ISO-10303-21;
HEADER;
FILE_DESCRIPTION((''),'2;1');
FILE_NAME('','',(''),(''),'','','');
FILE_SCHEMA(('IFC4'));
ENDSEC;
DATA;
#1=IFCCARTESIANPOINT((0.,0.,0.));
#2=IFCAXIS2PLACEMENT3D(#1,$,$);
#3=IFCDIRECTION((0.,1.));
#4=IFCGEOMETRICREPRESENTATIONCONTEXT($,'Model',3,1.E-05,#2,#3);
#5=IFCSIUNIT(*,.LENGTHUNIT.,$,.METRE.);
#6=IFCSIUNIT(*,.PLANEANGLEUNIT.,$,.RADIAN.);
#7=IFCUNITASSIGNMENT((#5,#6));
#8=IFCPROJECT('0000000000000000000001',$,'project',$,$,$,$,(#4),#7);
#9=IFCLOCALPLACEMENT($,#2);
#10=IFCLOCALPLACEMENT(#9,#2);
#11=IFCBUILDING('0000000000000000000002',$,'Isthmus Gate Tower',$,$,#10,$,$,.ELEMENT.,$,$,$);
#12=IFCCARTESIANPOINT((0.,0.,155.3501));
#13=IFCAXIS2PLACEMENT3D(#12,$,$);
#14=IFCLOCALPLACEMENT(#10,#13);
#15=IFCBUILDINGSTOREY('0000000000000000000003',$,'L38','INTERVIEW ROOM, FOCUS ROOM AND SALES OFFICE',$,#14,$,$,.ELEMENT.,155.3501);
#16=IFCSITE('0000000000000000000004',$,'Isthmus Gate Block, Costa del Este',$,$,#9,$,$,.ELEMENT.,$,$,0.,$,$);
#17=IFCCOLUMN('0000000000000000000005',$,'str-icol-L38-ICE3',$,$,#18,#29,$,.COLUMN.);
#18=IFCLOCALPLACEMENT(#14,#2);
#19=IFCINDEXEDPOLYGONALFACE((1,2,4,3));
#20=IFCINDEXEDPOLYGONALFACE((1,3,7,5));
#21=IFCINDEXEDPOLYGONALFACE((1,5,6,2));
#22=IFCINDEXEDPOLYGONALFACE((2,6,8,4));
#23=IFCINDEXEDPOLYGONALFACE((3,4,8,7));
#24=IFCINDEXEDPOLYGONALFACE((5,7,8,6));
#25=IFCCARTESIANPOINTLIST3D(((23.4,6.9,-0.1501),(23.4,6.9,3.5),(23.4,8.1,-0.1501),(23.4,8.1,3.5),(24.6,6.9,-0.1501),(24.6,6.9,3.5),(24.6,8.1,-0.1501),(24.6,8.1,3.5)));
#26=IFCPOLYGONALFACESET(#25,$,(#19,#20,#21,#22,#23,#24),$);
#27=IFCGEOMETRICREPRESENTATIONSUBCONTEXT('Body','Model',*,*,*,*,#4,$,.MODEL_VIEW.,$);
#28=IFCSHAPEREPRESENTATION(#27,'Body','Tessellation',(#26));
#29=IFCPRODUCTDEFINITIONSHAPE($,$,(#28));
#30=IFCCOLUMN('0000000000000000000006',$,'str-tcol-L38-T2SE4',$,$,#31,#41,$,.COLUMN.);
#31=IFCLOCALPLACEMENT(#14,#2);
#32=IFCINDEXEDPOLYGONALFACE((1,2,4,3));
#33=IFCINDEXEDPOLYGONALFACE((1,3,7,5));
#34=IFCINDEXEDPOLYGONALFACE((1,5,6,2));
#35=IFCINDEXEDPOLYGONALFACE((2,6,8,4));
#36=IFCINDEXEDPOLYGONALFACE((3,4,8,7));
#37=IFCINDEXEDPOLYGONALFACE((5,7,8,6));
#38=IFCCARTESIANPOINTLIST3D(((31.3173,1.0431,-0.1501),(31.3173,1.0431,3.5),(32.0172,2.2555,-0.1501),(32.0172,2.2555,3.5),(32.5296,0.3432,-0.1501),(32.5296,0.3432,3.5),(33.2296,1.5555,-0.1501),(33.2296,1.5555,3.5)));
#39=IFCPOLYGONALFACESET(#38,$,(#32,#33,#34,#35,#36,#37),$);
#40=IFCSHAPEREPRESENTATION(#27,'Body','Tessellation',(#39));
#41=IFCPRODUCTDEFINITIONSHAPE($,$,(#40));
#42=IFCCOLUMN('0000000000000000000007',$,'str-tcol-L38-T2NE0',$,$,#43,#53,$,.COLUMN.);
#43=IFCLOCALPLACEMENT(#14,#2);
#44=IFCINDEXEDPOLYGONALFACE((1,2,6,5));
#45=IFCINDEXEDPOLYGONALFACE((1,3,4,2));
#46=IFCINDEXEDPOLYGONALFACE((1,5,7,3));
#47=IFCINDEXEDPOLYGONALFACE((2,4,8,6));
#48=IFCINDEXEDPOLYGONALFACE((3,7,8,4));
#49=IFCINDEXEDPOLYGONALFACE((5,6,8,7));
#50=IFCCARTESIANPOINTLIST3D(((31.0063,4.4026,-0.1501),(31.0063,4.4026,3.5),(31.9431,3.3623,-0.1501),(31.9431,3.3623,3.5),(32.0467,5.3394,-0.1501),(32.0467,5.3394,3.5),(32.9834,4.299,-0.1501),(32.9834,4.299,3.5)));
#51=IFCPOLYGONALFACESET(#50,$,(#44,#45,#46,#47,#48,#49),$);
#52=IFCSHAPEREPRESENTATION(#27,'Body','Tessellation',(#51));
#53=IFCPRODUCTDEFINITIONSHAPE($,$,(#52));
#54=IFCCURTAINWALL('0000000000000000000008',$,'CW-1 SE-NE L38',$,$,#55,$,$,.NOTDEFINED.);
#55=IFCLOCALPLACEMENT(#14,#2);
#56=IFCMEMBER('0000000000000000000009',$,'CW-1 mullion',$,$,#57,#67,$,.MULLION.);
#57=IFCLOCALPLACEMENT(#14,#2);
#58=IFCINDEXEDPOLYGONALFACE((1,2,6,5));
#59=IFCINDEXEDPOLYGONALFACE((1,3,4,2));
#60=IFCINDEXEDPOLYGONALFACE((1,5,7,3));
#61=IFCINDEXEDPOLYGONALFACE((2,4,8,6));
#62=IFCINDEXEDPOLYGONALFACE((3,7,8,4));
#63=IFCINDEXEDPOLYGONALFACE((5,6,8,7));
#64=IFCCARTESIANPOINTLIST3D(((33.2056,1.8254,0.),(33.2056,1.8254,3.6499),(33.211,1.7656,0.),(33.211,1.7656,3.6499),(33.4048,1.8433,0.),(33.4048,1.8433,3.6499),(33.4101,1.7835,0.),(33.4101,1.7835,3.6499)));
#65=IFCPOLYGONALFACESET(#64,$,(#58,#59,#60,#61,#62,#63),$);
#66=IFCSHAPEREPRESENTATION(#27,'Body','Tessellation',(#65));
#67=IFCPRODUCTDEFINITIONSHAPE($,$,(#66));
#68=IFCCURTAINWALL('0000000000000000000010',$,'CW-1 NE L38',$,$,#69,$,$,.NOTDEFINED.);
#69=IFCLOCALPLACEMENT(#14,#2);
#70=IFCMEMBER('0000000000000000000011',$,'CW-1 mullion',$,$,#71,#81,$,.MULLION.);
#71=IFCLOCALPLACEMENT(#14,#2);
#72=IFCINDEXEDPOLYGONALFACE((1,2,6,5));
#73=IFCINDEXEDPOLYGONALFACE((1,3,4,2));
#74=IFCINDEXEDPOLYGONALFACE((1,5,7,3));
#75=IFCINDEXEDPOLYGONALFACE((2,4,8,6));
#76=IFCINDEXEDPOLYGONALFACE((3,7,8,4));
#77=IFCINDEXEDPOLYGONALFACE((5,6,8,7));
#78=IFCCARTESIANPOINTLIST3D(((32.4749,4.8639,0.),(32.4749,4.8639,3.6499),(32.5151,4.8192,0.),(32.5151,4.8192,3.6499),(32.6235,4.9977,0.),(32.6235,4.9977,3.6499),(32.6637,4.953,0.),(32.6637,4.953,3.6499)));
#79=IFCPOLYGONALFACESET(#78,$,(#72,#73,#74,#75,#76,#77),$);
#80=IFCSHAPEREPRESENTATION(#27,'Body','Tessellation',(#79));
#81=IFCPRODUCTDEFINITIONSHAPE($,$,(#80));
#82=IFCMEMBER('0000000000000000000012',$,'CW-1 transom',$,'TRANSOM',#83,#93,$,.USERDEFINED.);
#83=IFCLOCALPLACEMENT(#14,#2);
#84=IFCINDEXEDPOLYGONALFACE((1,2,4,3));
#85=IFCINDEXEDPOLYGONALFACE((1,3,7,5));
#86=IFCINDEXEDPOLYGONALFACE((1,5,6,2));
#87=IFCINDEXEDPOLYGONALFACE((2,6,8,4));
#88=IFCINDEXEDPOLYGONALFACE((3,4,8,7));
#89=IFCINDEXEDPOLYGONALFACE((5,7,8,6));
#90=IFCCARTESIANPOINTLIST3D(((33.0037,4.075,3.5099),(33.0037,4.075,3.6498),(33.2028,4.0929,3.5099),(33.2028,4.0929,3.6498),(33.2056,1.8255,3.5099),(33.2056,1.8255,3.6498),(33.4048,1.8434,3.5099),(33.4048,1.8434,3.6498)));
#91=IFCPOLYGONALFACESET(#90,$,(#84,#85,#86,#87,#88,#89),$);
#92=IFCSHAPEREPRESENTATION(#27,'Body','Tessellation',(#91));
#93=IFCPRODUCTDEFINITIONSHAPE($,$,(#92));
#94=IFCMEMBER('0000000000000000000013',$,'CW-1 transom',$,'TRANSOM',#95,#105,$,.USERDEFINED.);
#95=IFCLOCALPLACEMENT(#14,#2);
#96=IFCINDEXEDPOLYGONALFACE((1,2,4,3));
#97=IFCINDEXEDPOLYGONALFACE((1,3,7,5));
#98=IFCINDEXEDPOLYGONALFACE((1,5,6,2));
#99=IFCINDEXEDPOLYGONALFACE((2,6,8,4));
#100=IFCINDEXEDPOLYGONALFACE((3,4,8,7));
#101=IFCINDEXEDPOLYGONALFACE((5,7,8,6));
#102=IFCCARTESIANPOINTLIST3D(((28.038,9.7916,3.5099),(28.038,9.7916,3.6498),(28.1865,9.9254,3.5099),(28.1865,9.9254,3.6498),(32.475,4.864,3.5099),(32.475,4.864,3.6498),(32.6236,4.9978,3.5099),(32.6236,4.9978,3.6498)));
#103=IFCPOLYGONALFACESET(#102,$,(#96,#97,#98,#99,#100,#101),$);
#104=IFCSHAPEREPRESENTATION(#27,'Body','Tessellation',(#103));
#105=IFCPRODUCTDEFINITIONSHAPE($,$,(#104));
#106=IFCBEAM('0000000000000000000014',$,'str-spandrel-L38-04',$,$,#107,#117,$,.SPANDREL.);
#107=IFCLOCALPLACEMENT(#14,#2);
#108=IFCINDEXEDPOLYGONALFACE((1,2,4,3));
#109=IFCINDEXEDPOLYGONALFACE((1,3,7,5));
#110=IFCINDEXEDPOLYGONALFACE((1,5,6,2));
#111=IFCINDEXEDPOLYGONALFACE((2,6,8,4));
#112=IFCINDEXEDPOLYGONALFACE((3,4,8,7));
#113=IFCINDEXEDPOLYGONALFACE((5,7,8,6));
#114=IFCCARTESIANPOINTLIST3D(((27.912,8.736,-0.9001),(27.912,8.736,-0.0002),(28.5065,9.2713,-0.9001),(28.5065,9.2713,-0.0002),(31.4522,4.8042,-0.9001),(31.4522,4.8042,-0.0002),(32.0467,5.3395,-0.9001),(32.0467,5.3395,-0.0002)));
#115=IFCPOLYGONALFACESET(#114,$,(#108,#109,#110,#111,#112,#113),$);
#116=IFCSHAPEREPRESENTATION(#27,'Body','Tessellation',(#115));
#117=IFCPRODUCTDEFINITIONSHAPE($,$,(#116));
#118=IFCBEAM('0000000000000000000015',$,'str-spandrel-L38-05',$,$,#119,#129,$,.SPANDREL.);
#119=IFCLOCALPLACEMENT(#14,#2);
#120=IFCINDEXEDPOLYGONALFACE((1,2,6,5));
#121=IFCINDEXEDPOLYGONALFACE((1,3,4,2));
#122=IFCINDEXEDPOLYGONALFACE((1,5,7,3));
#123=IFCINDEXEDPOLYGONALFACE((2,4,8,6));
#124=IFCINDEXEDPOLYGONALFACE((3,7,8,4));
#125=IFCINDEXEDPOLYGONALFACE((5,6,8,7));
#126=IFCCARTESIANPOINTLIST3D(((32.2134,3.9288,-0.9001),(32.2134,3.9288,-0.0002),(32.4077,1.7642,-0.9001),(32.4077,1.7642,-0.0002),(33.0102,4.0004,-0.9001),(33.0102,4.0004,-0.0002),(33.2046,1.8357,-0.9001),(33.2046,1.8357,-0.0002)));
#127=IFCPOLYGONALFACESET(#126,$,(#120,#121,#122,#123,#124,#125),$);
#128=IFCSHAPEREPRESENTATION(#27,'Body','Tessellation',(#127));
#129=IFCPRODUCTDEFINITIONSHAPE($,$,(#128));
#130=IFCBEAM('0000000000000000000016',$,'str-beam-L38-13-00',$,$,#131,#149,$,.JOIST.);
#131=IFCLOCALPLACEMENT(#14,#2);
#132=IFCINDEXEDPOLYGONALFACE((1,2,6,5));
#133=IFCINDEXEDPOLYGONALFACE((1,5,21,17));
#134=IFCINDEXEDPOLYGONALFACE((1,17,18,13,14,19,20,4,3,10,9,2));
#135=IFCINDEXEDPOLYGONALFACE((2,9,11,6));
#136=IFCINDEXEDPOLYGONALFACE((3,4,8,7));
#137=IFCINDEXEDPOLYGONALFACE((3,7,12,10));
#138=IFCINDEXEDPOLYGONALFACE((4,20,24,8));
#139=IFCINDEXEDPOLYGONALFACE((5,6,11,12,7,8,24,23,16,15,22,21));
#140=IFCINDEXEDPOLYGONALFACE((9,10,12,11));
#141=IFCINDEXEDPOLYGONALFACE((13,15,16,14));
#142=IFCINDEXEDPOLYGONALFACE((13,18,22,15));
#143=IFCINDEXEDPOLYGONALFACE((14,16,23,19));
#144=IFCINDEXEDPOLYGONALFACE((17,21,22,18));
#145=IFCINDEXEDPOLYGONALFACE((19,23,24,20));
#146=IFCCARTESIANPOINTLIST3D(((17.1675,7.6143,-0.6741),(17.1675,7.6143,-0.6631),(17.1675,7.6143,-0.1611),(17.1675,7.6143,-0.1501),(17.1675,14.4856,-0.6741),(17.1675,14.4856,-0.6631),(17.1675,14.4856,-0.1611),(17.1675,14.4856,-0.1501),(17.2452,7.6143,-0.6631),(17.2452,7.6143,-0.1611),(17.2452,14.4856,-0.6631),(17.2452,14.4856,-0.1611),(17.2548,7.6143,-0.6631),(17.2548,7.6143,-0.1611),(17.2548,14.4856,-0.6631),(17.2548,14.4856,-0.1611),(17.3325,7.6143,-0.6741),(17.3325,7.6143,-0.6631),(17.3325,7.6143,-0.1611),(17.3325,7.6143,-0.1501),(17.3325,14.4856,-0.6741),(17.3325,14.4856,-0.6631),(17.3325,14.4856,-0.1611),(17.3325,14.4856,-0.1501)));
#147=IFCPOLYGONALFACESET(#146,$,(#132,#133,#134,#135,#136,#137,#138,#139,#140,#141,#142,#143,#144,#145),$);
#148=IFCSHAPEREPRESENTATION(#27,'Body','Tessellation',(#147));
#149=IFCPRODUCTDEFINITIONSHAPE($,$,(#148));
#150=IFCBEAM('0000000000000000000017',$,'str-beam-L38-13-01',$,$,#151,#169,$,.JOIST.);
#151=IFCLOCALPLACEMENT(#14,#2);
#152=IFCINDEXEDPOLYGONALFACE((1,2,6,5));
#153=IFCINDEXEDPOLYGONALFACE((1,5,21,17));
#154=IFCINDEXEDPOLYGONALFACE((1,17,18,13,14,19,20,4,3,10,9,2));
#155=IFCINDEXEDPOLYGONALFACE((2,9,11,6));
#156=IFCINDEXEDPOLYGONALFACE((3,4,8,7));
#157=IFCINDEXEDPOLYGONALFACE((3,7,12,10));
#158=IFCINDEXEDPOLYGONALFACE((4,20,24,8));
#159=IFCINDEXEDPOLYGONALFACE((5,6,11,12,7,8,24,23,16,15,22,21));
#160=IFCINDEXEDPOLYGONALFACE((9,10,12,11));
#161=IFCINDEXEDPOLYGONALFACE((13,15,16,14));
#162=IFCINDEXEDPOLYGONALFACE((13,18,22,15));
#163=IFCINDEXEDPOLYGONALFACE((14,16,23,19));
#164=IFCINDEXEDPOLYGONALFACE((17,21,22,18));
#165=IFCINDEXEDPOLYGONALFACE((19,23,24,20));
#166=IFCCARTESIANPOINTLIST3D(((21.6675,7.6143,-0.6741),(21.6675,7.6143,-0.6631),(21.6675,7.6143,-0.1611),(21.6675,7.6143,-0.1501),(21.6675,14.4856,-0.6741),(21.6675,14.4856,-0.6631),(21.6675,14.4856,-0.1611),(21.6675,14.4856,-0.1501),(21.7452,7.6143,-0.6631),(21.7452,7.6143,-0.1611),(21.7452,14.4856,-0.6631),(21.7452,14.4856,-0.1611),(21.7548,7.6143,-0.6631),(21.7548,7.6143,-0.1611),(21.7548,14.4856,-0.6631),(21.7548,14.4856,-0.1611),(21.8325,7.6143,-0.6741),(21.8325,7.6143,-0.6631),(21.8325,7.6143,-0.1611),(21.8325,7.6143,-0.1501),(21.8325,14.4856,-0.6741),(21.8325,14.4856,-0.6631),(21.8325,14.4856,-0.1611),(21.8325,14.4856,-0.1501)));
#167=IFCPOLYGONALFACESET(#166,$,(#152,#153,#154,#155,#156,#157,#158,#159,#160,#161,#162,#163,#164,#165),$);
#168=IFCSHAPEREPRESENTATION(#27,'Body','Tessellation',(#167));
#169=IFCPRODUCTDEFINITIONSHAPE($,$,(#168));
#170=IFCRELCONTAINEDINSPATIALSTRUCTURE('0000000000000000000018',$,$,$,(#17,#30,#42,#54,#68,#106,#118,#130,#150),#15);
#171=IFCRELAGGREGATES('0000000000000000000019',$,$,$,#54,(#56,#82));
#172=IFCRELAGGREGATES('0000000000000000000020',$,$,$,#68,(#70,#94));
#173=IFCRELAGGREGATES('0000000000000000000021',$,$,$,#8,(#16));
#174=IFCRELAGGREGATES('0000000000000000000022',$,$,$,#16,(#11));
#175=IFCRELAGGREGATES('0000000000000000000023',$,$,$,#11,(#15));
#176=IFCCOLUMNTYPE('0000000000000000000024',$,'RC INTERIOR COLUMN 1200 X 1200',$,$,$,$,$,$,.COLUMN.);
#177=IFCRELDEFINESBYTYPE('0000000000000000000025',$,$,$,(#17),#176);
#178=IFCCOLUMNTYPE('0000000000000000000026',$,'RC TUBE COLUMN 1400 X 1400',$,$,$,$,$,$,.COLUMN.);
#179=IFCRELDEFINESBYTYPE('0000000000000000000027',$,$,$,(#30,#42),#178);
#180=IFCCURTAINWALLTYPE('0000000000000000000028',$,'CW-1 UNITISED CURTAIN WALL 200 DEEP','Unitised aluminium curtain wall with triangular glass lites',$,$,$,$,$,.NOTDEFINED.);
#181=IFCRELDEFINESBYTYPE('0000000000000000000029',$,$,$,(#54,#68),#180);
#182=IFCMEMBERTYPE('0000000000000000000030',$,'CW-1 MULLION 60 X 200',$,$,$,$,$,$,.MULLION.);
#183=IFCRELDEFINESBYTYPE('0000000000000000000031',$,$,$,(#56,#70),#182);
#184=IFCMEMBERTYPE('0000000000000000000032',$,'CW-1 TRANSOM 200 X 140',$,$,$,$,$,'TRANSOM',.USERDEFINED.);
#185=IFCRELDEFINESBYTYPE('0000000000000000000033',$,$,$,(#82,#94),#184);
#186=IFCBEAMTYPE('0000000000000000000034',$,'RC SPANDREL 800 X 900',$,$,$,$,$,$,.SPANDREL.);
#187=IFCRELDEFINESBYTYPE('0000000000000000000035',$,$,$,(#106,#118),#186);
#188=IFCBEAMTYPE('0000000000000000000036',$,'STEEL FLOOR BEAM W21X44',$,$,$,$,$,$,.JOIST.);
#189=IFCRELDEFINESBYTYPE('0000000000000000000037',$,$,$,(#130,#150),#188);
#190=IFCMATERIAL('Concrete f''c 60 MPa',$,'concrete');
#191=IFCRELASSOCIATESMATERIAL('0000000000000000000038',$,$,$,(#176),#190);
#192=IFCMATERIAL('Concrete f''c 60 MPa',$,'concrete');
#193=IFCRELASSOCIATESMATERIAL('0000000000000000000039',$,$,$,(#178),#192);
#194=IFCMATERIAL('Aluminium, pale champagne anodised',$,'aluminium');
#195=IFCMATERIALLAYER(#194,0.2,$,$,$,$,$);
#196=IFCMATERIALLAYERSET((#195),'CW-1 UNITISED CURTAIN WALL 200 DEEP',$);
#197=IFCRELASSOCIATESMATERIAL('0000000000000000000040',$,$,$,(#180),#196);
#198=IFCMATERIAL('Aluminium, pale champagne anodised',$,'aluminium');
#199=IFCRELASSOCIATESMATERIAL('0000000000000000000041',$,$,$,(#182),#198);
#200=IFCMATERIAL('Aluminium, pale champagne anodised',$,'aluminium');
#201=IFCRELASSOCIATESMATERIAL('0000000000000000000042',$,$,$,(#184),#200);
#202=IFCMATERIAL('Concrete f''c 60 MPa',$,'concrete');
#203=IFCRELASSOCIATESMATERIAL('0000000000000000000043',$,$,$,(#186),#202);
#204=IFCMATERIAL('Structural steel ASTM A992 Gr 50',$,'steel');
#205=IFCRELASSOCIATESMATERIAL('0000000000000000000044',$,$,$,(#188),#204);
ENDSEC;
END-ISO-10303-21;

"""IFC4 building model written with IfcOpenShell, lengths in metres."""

from ifc_helpers import new_model, si_unit, direction, frame, origin, origin_2d, place, context, subcontext, project, spatial, rectangle, i_section, extrude, material, layer, layer_set, material_profile, profile_set, type_object, element, aggregate, save


model = new_model("IFC4")

# Units and contexts
model_context = context("Model", 3, precision=1e-05, world=origin(), true_north=direction((0.0, 1.0)))
body_context = subcontext(model_context, "Body", "Model", "MODEL_VIEW")
ifc_project = project(units=[si_unit("LENGTHUNIT", "METRE"), si_unit("PLANEANGLEUNIT", "RADIAN")], contexts=[model_context])

# Site, building, storey
site_placement = place(None, origin())
site = spatial("IfcSite", under=ifc_project, at=site_placement, Name="Isthmus Gate Block, Costa del Este", CompositionType="ELEMENT", RefElevation=0.0)
building_placement = place(site_placement, origin())
building = spatial("IfcBuilding", under=site, at=building_placement, Name="Isthmus Gate Tower", CompositionType="ELEMENT")
storey_placement = place(building_placement, frame((0.0, 0.0, 155.3501)))
storey = spatial("IfcBuildingStorey", under=building, at=storey_placement, Name="L38", Description="INTERVIEW ROOM, FOCUS ROOM AND SALES OFFICE", CompositionType="ELEMENT", Elevation=155.3501)

# Columns
ifc_material_1 = material(Name="Concrete f'c 60 MPa", Category="concrete")
ifc_material_profile_1 = material_profile(ifc_material_1, rectangle(XDim=1.2, YDim=1.2, at=origin_2d()), Name="RC 1200X1200")
ifc_profile_set_1 = profile_set([ifc_material_profile_1], Name="Concrete f'c 60 MPa")
column_type_1 = type_object("IfcColumnType", Name="RC INTERIOR COLUMN 1200 X 1200", PredefinedType="COLUMN", material=ifc_profile_set_1)
column_placement = place(storey_placement, frame((24.0, 7.5, -0.1501), z_axis=(0.0, 0.0, 1.0), x_axis=(1.0, 0.0, 0.0)))
element("IfcColumn", 1, at=column_placement, inside=storey, type_object=column_type_1, Name="str-icol-L38-ICE3", PredefinedType="COLUMN", context=body_context, shape_type="SweptSolid", body=[
    extrude(rectangle(XDim=1.2, YDim=1.2, at=origin_2d()), origin(), (0.0, 0.0, 1.0), 3.6501),
])
ifc_material_2 = material(Name="Concrete f'c 60 MPa", Category="concrete")
ifc_material_profile_2 = material_profile(ifc_material_2, rectangle(XDim=1.3999, YDim=1.3999, at=origin_2d()), Name="RC 1400X1400")
ifc_profile_set_2 = profile_set([ifc_material_profile_2], Name="Concrete f'c 60 MPa")
column_type_2 = type_object("IfcColumnType", Name="RC TUBE COLUMN 1400 X 1400", PredefinedType="COLUMN", material=ifc_profile_set_2)
for number, where, z_axis, x_axis, name in (
    (2, (32.2734, 1.2993, -0.1501), (0.0, 0.0, 1.0), (0.5, 0.866025, 0.0), "str-tcol-L38-T2SE4"),
    (3, (31.9949, 4.3508, -0.1501), (0.0, 0.0, 1.0), (-0.669131, 0.743145, 0.0), "str-tcol-L38-T2NE0"),
):
    element("IfcColumn", number, at=place(storey_placement, frame(where, z_axis=z_axis, x_axis=x_axis)), inside=storey, type_object=column_type_2, Name=name, PredefinedType="COLUMN", context=body_context, shape_type="SweptSolid", body=[
        extrude(rectangle(XDim=1.3999, YDim=1.3999, at=origin_2d()), origin(), (0.0, 0.0, 1.0), 3.6501),
    ])

# Curtain walls, members
ifc_material_3 = material(Name="Aluminium, pale champagne anodised", Category="aluminium")
ifc_layer_1 = layer(ifc_material_3, 0.2)
ifc_layer_set_1 = layer_set([ifc_layer_1], Name="CW-1 UNITISED CURTAIN WALL 200 DEEP")
curtain_wall_type = type_object("IfcCurtainWallType", Name="CW-1 UNITISED CURTAIN WALL 200 DEEP", Description="Unitised aluminium curtain wall with triangular glass lites", PredefinedType="NOTDEFINED", material=ifc_layer_set_1)
curtain_wall_1_placement = place(storey_placement, origin())
curtain_wall_1 = element("IfcCurtainWall", 4, at=curtain_wall_1_placement, inside=storey, type_object=curtain_wall_type, Name="CW-1 SE-NE L38", PredefinedType="NOTDEFINED")
ifc_material_4 = material(Name="Aluminium, pale champagne anodised", Category="aluminium")
ifc_material_profile_3 = material_profile(ifc_material_4, rectangle(XDim=0.0601, YDim=0.2, at=origin_2d()), Name="60x200")
ifc_profile_set_3 = profile_set([ifc_material_profile_3], Name="Aluminium, pale champagne anodised")
member_type_1 = type_object("IfcMemberType", Name="CW-1 MULLION 60 X 200", PredefinedType="MULLION", material=ifc_profile_set_3)
member_1_placement = place(storey_placement, frame((33.3079, 1.8044, 0.0), z_axis=(0.0, 0.0, 1.0), x_axis=(-0.089397, 0.995996, 0.0)))
member_1 = element("IfcMember", 5, at=member_1_placement, type_object=member_type_1, Name="CW-1 mullion", PredefinedType="MULLION", context=body_context, shape_type="SweptSolid", body=[
    extrude(rectangle(XDim=0.0601, YDim=0.2, at=origin_2d()), origin(), (0.0, 0.0, 1.0), 3.6499),
])
curtain_wall_2_placement = place(storey_placement, origin())
curtain_wall_2 = element("IfcCurtainWall", 6, at=curtain_wall_2_placement, inside=storey, type_object=curtain_wall_type, Name="CW-1 NE L38", PredefinedType="NOTDEFINED")
member_2_placement = place(storey_placement, frame((32.5693, 4.9084, 0.0), z_axis=(0.0, 0.0, 1.0), x_axis=(-0.669131, 0.743145, 0.0)))
member_2 = element("IfcMember", 7, at=member_2_placement, type_object=member_type_1, Name="CW-1 mullion", PredefinedType="MULLION", context=body_context, shape_type="SweptSolid", body=[
    extrude(rectangle(XDim=0.0601, YDim=0.2, at=origin_2d()), origin(), (0.0, 0.0, 1.0), 3.6499),
])

# Members
ifc_material_5 = material(Name="Aluminium, pale champagne anodised", Category="aluminium")
ifc_material_profile_4 = material_profile(ifc_material_5, rectangle(XDim=0.2, YDim=0.1399, at=origin_2d()), Name="200x140")
ifc_profile_set_4 = profile_set([ifc_material_profile_4], Name="Aluminium, pale champagne anodised")
member_type_2 = type_object("IfcMemberType", Name="CW-1 TRANSOM 200 X 140", ElementType="TRANSOM", PredefinedType="USERDEFINED", material=ifc_profile_set_4)
member_3_placement = place(storey_placement, frame((33.3052, 1.8345, 3.5798), z_axis=(-0.089395, 0.995996, 0.0), x_axis=(-0.995996, -0.089395, 0.0)))
member_3 = element("IfcMember", 8, at=member_3_placement, type_object=member_type_2, Name="CW-1 transom", ObjectType="TRANSOM", PredefinedType="USERDEFINED", context=body_context, shape_type="SweptSolid", body=[
    extrude(rectangle(XDim=0.2, YDim=0.1399, at=origin_2d()), origin(), (0.0, 0.0, 1.0), 2.2585),
])
member_4_placement = place(storey_placement, frame((32.5493, 4.9309, 3.5798), z_axis=(-0.669154, 0.743124, 0.0), x_axis=(-0.743124, -0.669154, 0.0)))
member_4 = element("IfcMember", 9, at=member_4_placement, type_object=member_type_2, Name="CW-1 transom", ObjectType="TRANSOM", PredefinedType="USERDEFINED", context=body_context, shape_type="SweptSolid", body=[
    extrude(rectangle(XDim=0.2, YDim=0.1399, at=origin_2d()), origin(), (0.0, 0.0, 1.0), 6.6309),
])

# Beams
ifc_material_6 = material(Name="Concrete f'c 60 MPa", Category="concrete")
ifc_material_profile_5 = material_profile(ifc_material_6, rectangle(XDim=0.8, YDim=0.8999, at=origin_2d()), Name="RC 800X900")
ifc_profile_set_5 = profile_set([ifc_material_profile_5], Name="Concrete f'c 60 MPa")
beam_type_1 = type_object("IfcBeamType", Name="RC SPANDREL 800 X 900", PredefinedType="SPANDREL", material=ifc_profile_set_5)
beam_1_placement = place(storey_placement, frame((28.2092, 9.0037, -0.4502), z_axis=(0.66913, -0.743145, 0.0), x_axis=(0.743145, 0.66913, 0.0)))
element("IfcBeam", 10, at=beam_1_placement, inside=storey, type_object=beam_type_1, Name="str-spandrel-L38-04", PredefinedType="SPANDREL", context=body_context, shape_type="SweptSolid", body=[
    extrude(rectangle(XDim=0.8, YDim=0.8999, at=origin_2d()), origin(), (0.0, 0.0, 1.0), 5.2908),
])
beam_2_placement = place(storey_placement, frame((32.6118, 3.9646, -0.4502), z_axis=(0.089422, -0.995994, 0.0), x_axis=(0.995994, 0.089422, 0.0)))
element("IfcBeam", 11, at=beam_2_placement, inside=storey, type_object=beam_type_1, Name="str-spandrel-L38-05", PredefinedType="SPANDREL", context=body_context, shape_type="SweptSolid", body=[
    extrude(rectangle(XDim=0.8, YDim=0.8999, at=origin_2d()), origin(), (0.0, 0.0, 1.0), 2.1733),
])
ifc_material_7 = material(Name="Structural steel ASTM A992 Gr 50", Category="steel")
ifc_material_profile_6 = material_profile(ifc_material_7, i_section(OverallWidth=0.165, OverallDepth=0.5239, WebThickness=0.0095, FlangeThickness=0.011, at=origin_2d()), Name="W21X44")
ifc_profile_set_6 = profile_set([ifc_material_profile_6], Name="Structural steel ASTM A992 Gr 50")
beam_type_2 = type_object("IfcBeamType", Name="STEEL FLOOR BEAM W21X44", PredefinedType="JOIST", material=ifc_profile_set_6)
for number, where, z_axis, x_axis, name in (
    (12, (17.25, 7.6143, -0.4121), (0.0, 1.0, 0.0), (-1.0, 0.0, 0.0), "str-beam-L38-13-00"),
    (13, (21.75, 7.6143, -0.4121), (0.0, 1.0, 0.0), (-1.0, 0.0, 0.0), "str-beam-L38-13-01"),
):
    element("IfcBeam", number, at=place(storey_placement, frame(where, z_axis=z_axis, x_axis=x_axis)), inside=storey, type_object=beam_type_2, Name=name, PredefinedType="JOIST", context=body_context, shape_type="SweptSolid", body=[
        extrude(i_section(OverallWidth=0.165, OverallDepth=0.5239, WebThickness=0.0095, FlangeThickness=0.011, at=origin_2d()), origin(), (0.0, 0.0, 1.0), 6.8713),
    ])

aggregate(curtain_wall_1, [member_1, member_3])
aggregate(curtain_wall_2, [member_2, member_4])

save(model, "model.ifc")
